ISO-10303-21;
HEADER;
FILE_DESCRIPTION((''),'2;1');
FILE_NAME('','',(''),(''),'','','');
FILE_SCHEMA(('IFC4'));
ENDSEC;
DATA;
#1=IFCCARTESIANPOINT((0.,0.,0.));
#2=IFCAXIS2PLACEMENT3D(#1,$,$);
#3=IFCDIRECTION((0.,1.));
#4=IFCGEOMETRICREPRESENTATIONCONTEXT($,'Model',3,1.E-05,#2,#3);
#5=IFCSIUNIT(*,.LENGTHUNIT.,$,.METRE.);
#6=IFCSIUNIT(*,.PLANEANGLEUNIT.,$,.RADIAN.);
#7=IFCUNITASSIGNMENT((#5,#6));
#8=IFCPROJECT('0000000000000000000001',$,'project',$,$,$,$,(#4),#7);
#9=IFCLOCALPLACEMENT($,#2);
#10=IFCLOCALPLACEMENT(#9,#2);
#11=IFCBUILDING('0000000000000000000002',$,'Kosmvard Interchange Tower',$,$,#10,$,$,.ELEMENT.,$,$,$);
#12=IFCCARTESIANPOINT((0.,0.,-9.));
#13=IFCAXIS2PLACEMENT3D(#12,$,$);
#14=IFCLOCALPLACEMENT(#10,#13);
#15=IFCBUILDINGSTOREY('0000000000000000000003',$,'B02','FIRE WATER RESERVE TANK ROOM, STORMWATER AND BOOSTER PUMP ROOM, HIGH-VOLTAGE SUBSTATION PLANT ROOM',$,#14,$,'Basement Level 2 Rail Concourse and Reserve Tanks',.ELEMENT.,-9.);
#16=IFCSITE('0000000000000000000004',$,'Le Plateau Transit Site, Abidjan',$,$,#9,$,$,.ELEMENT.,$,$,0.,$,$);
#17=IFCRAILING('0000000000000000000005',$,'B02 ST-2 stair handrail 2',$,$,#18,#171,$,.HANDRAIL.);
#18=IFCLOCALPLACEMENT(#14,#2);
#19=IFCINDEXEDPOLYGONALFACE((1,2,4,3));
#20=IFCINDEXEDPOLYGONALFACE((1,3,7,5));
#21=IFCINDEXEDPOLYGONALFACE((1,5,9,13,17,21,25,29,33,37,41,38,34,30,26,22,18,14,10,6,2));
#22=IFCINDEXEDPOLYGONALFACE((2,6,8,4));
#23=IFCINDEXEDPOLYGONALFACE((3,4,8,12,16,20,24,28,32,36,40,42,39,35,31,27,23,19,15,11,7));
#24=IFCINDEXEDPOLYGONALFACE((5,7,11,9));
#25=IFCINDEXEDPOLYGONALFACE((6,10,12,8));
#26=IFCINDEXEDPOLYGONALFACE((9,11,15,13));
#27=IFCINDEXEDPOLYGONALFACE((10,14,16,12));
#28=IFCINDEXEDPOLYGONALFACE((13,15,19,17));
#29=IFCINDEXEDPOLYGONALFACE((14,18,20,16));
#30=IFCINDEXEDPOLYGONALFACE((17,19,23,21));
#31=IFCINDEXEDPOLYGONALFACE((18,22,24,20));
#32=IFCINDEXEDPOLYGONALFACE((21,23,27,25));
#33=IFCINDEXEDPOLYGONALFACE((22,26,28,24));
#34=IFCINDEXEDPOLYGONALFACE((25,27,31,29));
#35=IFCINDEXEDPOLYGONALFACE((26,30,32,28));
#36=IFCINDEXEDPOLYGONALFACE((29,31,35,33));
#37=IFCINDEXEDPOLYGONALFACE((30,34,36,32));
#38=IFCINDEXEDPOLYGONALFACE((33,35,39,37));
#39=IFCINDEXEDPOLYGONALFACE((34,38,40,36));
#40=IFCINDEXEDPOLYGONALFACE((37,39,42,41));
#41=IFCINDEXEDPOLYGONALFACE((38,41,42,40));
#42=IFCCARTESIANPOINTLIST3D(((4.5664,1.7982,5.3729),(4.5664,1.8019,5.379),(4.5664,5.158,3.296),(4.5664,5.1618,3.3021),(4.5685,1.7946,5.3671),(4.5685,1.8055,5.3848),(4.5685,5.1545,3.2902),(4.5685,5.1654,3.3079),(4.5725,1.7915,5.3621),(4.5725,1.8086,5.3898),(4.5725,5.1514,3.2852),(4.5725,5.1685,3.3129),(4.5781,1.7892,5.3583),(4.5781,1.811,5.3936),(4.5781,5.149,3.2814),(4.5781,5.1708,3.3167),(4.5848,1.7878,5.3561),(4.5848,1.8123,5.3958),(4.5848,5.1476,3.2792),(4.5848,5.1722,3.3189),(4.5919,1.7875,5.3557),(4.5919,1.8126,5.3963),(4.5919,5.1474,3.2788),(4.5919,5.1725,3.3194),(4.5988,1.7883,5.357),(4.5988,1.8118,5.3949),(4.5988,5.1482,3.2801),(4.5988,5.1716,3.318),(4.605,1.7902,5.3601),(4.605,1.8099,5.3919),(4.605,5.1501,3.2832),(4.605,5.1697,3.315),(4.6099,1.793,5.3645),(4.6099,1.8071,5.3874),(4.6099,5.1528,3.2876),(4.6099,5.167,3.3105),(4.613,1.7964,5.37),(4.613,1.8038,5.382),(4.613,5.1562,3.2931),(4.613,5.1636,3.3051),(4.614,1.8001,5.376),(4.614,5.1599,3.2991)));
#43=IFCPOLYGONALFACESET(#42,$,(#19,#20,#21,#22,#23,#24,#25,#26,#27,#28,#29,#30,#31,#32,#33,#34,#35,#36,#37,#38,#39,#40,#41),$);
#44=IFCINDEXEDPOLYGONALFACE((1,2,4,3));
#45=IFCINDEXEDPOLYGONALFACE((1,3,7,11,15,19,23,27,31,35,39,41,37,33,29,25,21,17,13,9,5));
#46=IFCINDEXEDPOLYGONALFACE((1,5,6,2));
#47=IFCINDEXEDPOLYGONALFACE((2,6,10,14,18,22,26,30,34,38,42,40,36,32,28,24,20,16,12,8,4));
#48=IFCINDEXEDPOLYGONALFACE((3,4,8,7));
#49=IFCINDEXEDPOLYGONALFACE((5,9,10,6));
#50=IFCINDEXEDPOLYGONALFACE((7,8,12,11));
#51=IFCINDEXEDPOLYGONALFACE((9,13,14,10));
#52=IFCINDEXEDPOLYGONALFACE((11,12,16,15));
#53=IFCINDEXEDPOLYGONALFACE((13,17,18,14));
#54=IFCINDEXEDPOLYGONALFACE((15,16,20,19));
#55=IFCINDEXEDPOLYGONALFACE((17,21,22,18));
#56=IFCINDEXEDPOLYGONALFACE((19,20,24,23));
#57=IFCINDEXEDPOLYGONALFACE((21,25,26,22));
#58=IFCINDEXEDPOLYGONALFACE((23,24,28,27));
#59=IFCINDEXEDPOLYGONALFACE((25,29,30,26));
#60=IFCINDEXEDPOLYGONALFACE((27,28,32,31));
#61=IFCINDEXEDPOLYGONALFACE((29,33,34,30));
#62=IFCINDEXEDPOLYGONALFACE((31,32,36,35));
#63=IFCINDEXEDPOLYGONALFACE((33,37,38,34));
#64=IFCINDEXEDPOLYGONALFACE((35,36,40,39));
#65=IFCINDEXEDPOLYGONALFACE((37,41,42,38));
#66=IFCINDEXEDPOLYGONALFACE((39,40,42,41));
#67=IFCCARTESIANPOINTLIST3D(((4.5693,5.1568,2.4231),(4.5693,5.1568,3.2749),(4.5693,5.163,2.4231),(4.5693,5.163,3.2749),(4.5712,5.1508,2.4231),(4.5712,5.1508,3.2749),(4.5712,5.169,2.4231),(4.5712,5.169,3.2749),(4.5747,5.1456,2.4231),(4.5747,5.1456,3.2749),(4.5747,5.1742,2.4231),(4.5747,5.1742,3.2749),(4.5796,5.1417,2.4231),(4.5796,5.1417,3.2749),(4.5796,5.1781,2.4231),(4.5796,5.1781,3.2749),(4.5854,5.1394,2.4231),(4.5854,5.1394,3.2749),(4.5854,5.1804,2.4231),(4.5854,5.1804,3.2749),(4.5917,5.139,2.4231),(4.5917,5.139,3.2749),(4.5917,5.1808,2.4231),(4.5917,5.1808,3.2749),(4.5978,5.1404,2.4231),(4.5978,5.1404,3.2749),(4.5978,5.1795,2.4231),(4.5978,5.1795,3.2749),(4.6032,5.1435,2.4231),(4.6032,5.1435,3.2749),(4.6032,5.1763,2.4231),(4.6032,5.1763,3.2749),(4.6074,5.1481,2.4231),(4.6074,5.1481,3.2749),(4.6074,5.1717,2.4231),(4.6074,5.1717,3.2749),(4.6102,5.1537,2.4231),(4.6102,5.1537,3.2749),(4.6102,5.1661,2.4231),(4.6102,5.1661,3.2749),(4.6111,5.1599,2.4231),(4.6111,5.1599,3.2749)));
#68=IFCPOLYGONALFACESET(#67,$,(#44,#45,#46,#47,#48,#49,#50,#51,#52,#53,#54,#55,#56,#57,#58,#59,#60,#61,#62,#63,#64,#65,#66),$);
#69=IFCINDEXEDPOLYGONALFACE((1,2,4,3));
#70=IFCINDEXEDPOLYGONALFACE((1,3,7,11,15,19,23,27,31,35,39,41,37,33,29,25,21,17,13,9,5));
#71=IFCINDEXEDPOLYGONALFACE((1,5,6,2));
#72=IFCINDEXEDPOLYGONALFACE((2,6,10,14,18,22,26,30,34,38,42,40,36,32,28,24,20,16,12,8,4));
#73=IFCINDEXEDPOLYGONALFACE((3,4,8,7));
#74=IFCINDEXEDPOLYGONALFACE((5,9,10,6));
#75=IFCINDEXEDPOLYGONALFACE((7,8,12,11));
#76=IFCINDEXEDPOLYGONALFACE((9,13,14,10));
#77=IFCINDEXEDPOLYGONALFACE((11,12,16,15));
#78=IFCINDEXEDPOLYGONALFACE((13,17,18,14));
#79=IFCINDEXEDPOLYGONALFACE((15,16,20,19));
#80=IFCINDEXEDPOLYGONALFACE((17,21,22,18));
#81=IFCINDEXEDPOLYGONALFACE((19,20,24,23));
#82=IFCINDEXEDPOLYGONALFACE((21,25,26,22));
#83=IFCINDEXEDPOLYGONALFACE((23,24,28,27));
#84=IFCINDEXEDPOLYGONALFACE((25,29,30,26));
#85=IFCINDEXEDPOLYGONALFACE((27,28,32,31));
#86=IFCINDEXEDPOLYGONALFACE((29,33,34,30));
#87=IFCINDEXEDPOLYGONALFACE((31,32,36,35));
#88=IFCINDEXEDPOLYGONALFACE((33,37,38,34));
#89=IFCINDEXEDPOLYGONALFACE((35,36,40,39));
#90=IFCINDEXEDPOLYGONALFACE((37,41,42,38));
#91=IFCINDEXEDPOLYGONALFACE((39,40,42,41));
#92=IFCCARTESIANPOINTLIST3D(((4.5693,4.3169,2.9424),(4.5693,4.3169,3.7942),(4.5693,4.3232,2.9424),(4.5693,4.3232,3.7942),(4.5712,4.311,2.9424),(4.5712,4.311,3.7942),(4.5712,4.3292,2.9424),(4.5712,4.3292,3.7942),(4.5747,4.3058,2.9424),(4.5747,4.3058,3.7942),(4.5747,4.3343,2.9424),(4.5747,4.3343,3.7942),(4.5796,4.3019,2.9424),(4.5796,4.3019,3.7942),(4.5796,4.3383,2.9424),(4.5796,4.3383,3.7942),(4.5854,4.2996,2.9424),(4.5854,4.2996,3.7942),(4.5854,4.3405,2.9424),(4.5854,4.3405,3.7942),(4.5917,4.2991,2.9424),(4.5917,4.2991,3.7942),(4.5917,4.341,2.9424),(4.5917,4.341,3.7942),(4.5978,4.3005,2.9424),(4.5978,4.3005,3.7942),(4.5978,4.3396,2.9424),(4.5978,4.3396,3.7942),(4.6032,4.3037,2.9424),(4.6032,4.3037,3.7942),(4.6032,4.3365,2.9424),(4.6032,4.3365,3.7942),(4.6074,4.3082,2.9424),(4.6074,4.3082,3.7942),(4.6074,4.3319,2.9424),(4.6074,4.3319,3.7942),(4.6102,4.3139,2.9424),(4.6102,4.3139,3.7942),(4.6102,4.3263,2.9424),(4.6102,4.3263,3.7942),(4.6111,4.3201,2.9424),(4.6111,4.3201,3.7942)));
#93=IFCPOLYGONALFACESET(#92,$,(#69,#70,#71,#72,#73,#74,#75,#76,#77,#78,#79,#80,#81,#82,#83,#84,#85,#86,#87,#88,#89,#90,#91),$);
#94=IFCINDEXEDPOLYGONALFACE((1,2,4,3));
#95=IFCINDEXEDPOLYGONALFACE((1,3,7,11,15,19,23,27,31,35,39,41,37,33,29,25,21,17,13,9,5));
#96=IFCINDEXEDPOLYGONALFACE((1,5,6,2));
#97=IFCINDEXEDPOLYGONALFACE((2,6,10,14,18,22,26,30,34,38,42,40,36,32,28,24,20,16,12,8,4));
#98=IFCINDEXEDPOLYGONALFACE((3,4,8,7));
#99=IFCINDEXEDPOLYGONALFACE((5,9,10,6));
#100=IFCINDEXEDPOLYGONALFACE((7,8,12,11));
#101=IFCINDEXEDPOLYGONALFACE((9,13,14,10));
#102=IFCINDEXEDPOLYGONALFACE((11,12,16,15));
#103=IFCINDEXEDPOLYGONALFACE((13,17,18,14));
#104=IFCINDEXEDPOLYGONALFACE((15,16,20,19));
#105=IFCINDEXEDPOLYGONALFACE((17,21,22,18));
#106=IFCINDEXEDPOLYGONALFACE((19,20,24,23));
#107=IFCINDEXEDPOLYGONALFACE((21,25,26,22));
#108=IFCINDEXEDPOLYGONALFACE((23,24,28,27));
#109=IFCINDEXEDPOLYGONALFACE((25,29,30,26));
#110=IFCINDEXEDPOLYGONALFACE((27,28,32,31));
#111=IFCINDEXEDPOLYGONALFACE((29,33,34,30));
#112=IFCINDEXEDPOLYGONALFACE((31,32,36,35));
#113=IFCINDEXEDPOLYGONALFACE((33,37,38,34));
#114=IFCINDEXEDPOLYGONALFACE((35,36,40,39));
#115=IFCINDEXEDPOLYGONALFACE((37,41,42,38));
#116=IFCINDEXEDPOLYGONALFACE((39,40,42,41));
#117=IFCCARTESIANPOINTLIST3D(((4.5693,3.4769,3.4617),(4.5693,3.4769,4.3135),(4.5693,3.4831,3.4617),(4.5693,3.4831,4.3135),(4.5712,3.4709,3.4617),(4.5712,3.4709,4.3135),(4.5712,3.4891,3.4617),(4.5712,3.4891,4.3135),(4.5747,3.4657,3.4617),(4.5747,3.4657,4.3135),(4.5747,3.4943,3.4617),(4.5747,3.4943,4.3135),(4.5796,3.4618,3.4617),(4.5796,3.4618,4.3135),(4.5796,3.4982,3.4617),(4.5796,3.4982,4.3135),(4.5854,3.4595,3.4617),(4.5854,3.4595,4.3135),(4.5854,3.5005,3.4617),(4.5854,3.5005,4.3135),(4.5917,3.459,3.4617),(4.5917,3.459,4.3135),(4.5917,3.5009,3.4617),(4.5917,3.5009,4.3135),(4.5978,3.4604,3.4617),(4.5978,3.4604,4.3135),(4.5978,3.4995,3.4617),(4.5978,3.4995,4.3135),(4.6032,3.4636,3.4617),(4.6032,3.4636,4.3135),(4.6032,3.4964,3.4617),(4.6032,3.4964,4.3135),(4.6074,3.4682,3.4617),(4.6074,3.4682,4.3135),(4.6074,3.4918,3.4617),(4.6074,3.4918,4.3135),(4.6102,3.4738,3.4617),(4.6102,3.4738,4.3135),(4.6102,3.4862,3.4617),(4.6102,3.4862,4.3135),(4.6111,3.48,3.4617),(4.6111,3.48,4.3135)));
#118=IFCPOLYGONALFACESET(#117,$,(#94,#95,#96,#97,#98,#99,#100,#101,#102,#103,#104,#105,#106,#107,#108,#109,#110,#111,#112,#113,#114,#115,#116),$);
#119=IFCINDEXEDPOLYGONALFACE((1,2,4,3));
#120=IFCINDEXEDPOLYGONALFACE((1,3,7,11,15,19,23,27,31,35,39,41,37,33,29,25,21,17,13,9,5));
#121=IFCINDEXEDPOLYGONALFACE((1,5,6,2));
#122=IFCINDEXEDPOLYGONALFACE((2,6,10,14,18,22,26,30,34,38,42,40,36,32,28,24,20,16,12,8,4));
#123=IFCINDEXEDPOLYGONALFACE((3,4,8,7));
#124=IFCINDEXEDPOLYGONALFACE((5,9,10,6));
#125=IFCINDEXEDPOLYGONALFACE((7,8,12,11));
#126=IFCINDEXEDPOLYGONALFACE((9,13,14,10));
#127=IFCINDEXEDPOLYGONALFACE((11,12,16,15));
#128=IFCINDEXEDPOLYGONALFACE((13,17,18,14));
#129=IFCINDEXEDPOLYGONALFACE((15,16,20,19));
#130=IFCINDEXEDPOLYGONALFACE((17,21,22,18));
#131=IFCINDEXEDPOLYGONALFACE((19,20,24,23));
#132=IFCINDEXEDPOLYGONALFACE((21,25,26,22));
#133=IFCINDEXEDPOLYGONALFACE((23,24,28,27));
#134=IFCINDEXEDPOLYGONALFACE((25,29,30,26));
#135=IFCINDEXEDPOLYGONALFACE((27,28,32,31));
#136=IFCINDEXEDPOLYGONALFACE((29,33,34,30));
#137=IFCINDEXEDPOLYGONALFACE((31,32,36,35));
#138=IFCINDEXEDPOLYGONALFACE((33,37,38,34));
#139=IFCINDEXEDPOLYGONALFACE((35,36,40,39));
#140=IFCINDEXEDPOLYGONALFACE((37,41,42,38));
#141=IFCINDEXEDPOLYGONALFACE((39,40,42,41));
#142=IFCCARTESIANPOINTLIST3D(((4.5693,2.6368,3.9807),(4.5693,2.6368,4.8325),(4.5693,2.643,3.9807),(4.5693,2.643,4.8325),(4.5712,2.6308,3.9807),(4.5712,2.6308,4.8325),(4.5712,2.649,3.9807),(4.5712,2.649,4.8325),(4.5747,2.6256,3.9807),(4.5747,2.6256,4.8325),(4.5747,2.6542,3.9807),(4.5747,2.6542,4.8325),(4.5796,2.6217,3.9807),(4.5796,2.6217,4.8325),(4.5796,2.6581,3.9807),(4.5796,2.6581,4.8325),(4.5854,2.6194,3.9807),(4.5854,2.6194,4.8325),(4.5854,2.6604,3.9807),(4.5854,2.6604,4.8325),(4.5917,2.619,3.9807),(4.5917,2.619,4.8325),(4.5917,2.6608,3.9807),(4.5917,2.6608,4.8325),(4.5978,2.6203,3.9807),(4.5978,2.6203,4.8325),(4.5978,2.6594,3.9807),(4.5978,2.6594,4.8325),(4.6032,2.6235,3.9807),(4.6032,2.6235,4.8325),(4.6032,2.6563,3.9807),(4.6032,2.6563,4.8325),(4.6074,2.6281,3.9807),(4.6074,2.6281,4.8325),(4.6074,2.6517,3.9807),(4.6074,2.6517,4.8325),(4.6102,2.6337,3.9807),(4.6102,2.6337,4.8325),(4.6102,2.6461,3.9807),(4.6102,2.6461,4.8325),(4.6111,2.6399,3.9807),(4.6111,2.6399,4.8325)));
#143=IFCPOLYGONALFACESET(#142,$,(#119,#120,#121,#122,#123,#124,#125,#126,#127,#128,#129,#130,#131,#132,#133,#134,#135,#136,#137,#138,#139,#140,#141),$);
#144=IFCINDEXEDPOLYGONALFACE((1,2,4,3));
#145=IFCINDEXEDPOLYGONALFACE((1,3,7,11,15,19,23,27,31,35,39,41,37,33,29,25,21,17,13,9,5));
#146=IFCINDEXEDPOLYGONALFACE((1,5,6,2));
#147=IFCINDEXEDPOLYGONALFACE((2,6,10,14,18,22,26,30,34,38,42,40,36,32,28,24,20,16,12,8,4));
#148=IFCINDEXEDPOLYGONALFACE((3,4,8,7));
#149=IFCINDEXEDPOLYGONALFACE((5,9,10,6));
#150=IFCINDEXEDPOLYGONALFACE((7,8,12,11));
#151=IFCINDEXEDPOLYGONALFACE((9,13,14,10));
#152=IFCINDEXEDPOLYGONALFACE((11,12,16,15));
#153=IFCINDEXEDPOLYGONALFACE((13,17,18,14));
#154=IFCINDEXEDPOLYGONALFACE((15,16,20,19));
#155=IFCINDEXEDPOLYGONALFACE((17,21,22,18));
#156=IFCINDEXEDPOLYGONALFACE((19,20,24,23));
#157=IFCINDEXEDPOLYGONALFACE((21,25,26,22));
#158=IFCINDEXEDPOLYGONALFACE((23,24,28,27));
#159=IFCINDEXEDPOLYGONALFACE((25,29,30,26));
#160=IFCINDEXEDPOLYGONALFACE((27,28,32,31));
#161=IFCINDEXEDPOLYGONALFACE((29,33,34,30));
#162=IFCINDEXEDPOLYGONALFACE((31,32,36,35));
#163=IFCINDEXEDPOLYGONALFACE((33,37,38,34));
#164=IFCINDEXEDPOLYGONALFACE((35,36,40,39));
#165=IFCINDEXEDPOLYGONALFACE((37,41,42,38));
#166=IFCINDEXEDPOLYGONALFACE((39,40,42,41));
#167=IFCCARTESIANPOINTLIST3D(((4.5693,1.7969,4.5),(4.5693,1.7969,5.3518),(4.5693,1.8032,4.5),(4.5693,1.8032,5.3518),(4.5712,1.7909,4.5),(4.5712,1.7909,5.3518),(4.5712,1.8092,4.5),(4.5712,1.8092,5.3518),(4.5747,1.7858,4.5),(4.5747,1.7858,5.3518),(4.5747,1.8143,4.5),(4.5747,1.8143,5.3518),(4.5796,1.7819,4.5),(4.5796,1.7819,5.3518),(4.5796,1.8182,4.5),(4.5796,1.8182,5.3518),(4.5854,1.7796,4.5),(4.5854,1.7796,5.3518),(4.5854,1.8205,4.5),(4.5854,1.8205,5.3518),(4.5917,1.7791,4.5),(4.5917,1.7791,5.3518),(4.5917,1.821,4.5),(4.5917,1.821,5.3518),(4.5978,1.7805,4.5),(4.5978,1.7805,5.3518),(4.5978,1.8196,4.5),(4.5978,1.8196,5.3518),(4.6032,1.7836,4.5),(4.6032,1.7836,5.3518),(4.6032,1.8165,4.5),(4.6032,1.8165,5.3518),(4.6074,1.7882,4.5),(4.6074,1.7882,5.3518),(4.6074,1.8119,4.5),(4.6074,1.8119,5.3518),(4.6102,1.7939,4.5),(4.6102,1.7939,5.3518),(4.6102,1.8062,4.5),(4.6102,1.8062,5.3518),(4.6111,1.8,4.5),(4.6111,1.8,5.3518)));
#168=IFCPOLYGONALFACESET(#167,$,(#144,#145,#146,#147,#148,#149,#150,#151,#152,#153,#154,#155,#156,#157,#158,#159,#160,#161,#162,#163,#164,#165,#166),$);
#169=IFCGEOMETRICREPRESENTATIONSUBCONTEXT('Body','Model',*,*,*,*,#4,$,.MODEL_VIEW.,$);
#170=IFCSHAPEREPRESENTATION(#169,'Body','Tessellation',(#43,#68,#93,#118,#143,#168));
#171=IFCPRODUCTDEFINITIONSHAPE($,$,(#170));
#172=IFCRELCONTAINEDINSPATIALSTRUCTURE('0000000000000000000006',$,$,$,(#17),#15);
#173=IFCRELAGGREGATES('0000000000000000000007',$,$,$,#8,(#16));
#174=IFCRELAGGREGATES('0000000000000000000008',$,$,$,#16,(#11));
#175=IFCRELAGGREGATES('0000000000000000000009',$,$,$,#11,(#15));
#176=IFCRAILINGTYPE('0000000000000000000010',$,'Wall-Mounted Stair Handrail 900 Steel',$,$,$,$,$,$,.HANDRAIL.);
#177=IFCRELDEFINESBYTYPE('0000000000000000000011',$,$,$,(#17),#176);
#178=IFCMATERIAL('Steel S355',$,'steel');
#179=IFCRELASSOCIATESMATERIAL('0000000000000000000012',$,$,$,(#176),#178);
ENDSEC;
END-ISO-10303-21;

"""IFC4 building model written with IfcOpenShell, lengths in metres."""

from ifc_helpers import new_model, si_unit, direction, frame, origin, origin_2d, place, context, subcontext, project, spatial, circle, extrude, source, transform, mapped, material, type_object, element, save


model = new_model("IFC4")

# Units and contexts
model_context = context("Model", 3, precision=1e-05, world=origin(), true_north=direction((0.0, 1.0)))
body_context = subcontext(model_context, "Body", "Model", "MODEL_VIEW")
ifc_project = project(units=[si_unit("LENGTHUNIT", "METRE"), si_unit("PLANEANGLEUNIT", "RADIAN")], contexts=[model_context])

# Site, building, storey
site_placement = place(None, origin())
site = spatial("IfcSite", under=ifc_project, at=site_placement, Name="Le Plateau Transit Site, Abidjan", CompositionType="ELEMENT", RefElevation=0.0)
building_placement = place(site_placement, origin())
building = spatial("IfcBuilding", under=site, at=building_placement, Name="Kosmvard Interchange Tower", CompositionType="ELEMENT")
storey_placement = place(building_placement, frame((0.0, 0.0, -9.0)))
storey = spatial("IfcBuildingStorey", under=building, at=storey_placement, Name="B02", Description="FIRE WATER RESERVE TANK ROOM, STORMWATER AND BOOSTER PUMP ROOM, HIGH-VOLTAGE SUBSTATION PLANT ROOM", LongName="Basement Level 2 Rail Concourse and Reserve Tanks", CompositionType="ELEMENT", Elevation=-9.0)

# Railing
ifc_material_1 = material(Name="Steel S355", Category="steel")
railing_type_1 = type_object("IfcRailingType", Name="Wall-Mounted Stair Handrail 900 Steel", PredefinedType="HANDRAIL", material=ifc_material_1)
shared_shape_1 = source(origin(), body_context, "Body", "SweptSolid", [
    extrude(circle(Radius=0.0239, at=origin_2d()), frame((0.0, 0.0, 0.876), z_axis=(0.0, -0.850606, 0.525803), x_axis=(1.0, 0.0, 0.0)), (0.0, 0.0, 1.0), 3.95),
    extrude(circle(Radius=0.021, at=origin_2d()), origin(), (0.0, 0.0, 1.0), 0.8518),
    extrude(circle(Radius=0.021, at=origin_2d()), frame((0.0, -0.8398, 0.5193)), (0.0, 0.0, 1.0), 0.8518),
    extrude(circle(Radius=0.021, at=origin_2d()), frame((0.0, -1.6799, 1.0386)), (0.0, 0.0, 1.0), 0.8518),
    extrude(circle(Radius=0.021, at=origin_2d()), frame((0.0, -2.52, 1.5576)), (0.0, 0.0, 1.0), 0.8518),
    extrude(circle(Radius=0.021, at=origin_2d()), frame((0.0, -3.3599, 2.0769)), (0.0, 0.0, 1.0), 0.8518),
])
railing_1_placement = place(storey_placement, frame((4.5901, 5.1599, 2.4231)))
element("IfcRailing", 1, at=railing_1_placement, inside=storey, type_object=railing_type_1, Name="B02 ST-2 stair handrail 2", PredefinedType="HANDRAIL", context=body_context, shape_type="MappedRepresentation", body=[
    mapped(shared_shape_1, transform((0.0, 0.0, 0.0), scale=1.0)),
])

save(model, "model.ifc")
